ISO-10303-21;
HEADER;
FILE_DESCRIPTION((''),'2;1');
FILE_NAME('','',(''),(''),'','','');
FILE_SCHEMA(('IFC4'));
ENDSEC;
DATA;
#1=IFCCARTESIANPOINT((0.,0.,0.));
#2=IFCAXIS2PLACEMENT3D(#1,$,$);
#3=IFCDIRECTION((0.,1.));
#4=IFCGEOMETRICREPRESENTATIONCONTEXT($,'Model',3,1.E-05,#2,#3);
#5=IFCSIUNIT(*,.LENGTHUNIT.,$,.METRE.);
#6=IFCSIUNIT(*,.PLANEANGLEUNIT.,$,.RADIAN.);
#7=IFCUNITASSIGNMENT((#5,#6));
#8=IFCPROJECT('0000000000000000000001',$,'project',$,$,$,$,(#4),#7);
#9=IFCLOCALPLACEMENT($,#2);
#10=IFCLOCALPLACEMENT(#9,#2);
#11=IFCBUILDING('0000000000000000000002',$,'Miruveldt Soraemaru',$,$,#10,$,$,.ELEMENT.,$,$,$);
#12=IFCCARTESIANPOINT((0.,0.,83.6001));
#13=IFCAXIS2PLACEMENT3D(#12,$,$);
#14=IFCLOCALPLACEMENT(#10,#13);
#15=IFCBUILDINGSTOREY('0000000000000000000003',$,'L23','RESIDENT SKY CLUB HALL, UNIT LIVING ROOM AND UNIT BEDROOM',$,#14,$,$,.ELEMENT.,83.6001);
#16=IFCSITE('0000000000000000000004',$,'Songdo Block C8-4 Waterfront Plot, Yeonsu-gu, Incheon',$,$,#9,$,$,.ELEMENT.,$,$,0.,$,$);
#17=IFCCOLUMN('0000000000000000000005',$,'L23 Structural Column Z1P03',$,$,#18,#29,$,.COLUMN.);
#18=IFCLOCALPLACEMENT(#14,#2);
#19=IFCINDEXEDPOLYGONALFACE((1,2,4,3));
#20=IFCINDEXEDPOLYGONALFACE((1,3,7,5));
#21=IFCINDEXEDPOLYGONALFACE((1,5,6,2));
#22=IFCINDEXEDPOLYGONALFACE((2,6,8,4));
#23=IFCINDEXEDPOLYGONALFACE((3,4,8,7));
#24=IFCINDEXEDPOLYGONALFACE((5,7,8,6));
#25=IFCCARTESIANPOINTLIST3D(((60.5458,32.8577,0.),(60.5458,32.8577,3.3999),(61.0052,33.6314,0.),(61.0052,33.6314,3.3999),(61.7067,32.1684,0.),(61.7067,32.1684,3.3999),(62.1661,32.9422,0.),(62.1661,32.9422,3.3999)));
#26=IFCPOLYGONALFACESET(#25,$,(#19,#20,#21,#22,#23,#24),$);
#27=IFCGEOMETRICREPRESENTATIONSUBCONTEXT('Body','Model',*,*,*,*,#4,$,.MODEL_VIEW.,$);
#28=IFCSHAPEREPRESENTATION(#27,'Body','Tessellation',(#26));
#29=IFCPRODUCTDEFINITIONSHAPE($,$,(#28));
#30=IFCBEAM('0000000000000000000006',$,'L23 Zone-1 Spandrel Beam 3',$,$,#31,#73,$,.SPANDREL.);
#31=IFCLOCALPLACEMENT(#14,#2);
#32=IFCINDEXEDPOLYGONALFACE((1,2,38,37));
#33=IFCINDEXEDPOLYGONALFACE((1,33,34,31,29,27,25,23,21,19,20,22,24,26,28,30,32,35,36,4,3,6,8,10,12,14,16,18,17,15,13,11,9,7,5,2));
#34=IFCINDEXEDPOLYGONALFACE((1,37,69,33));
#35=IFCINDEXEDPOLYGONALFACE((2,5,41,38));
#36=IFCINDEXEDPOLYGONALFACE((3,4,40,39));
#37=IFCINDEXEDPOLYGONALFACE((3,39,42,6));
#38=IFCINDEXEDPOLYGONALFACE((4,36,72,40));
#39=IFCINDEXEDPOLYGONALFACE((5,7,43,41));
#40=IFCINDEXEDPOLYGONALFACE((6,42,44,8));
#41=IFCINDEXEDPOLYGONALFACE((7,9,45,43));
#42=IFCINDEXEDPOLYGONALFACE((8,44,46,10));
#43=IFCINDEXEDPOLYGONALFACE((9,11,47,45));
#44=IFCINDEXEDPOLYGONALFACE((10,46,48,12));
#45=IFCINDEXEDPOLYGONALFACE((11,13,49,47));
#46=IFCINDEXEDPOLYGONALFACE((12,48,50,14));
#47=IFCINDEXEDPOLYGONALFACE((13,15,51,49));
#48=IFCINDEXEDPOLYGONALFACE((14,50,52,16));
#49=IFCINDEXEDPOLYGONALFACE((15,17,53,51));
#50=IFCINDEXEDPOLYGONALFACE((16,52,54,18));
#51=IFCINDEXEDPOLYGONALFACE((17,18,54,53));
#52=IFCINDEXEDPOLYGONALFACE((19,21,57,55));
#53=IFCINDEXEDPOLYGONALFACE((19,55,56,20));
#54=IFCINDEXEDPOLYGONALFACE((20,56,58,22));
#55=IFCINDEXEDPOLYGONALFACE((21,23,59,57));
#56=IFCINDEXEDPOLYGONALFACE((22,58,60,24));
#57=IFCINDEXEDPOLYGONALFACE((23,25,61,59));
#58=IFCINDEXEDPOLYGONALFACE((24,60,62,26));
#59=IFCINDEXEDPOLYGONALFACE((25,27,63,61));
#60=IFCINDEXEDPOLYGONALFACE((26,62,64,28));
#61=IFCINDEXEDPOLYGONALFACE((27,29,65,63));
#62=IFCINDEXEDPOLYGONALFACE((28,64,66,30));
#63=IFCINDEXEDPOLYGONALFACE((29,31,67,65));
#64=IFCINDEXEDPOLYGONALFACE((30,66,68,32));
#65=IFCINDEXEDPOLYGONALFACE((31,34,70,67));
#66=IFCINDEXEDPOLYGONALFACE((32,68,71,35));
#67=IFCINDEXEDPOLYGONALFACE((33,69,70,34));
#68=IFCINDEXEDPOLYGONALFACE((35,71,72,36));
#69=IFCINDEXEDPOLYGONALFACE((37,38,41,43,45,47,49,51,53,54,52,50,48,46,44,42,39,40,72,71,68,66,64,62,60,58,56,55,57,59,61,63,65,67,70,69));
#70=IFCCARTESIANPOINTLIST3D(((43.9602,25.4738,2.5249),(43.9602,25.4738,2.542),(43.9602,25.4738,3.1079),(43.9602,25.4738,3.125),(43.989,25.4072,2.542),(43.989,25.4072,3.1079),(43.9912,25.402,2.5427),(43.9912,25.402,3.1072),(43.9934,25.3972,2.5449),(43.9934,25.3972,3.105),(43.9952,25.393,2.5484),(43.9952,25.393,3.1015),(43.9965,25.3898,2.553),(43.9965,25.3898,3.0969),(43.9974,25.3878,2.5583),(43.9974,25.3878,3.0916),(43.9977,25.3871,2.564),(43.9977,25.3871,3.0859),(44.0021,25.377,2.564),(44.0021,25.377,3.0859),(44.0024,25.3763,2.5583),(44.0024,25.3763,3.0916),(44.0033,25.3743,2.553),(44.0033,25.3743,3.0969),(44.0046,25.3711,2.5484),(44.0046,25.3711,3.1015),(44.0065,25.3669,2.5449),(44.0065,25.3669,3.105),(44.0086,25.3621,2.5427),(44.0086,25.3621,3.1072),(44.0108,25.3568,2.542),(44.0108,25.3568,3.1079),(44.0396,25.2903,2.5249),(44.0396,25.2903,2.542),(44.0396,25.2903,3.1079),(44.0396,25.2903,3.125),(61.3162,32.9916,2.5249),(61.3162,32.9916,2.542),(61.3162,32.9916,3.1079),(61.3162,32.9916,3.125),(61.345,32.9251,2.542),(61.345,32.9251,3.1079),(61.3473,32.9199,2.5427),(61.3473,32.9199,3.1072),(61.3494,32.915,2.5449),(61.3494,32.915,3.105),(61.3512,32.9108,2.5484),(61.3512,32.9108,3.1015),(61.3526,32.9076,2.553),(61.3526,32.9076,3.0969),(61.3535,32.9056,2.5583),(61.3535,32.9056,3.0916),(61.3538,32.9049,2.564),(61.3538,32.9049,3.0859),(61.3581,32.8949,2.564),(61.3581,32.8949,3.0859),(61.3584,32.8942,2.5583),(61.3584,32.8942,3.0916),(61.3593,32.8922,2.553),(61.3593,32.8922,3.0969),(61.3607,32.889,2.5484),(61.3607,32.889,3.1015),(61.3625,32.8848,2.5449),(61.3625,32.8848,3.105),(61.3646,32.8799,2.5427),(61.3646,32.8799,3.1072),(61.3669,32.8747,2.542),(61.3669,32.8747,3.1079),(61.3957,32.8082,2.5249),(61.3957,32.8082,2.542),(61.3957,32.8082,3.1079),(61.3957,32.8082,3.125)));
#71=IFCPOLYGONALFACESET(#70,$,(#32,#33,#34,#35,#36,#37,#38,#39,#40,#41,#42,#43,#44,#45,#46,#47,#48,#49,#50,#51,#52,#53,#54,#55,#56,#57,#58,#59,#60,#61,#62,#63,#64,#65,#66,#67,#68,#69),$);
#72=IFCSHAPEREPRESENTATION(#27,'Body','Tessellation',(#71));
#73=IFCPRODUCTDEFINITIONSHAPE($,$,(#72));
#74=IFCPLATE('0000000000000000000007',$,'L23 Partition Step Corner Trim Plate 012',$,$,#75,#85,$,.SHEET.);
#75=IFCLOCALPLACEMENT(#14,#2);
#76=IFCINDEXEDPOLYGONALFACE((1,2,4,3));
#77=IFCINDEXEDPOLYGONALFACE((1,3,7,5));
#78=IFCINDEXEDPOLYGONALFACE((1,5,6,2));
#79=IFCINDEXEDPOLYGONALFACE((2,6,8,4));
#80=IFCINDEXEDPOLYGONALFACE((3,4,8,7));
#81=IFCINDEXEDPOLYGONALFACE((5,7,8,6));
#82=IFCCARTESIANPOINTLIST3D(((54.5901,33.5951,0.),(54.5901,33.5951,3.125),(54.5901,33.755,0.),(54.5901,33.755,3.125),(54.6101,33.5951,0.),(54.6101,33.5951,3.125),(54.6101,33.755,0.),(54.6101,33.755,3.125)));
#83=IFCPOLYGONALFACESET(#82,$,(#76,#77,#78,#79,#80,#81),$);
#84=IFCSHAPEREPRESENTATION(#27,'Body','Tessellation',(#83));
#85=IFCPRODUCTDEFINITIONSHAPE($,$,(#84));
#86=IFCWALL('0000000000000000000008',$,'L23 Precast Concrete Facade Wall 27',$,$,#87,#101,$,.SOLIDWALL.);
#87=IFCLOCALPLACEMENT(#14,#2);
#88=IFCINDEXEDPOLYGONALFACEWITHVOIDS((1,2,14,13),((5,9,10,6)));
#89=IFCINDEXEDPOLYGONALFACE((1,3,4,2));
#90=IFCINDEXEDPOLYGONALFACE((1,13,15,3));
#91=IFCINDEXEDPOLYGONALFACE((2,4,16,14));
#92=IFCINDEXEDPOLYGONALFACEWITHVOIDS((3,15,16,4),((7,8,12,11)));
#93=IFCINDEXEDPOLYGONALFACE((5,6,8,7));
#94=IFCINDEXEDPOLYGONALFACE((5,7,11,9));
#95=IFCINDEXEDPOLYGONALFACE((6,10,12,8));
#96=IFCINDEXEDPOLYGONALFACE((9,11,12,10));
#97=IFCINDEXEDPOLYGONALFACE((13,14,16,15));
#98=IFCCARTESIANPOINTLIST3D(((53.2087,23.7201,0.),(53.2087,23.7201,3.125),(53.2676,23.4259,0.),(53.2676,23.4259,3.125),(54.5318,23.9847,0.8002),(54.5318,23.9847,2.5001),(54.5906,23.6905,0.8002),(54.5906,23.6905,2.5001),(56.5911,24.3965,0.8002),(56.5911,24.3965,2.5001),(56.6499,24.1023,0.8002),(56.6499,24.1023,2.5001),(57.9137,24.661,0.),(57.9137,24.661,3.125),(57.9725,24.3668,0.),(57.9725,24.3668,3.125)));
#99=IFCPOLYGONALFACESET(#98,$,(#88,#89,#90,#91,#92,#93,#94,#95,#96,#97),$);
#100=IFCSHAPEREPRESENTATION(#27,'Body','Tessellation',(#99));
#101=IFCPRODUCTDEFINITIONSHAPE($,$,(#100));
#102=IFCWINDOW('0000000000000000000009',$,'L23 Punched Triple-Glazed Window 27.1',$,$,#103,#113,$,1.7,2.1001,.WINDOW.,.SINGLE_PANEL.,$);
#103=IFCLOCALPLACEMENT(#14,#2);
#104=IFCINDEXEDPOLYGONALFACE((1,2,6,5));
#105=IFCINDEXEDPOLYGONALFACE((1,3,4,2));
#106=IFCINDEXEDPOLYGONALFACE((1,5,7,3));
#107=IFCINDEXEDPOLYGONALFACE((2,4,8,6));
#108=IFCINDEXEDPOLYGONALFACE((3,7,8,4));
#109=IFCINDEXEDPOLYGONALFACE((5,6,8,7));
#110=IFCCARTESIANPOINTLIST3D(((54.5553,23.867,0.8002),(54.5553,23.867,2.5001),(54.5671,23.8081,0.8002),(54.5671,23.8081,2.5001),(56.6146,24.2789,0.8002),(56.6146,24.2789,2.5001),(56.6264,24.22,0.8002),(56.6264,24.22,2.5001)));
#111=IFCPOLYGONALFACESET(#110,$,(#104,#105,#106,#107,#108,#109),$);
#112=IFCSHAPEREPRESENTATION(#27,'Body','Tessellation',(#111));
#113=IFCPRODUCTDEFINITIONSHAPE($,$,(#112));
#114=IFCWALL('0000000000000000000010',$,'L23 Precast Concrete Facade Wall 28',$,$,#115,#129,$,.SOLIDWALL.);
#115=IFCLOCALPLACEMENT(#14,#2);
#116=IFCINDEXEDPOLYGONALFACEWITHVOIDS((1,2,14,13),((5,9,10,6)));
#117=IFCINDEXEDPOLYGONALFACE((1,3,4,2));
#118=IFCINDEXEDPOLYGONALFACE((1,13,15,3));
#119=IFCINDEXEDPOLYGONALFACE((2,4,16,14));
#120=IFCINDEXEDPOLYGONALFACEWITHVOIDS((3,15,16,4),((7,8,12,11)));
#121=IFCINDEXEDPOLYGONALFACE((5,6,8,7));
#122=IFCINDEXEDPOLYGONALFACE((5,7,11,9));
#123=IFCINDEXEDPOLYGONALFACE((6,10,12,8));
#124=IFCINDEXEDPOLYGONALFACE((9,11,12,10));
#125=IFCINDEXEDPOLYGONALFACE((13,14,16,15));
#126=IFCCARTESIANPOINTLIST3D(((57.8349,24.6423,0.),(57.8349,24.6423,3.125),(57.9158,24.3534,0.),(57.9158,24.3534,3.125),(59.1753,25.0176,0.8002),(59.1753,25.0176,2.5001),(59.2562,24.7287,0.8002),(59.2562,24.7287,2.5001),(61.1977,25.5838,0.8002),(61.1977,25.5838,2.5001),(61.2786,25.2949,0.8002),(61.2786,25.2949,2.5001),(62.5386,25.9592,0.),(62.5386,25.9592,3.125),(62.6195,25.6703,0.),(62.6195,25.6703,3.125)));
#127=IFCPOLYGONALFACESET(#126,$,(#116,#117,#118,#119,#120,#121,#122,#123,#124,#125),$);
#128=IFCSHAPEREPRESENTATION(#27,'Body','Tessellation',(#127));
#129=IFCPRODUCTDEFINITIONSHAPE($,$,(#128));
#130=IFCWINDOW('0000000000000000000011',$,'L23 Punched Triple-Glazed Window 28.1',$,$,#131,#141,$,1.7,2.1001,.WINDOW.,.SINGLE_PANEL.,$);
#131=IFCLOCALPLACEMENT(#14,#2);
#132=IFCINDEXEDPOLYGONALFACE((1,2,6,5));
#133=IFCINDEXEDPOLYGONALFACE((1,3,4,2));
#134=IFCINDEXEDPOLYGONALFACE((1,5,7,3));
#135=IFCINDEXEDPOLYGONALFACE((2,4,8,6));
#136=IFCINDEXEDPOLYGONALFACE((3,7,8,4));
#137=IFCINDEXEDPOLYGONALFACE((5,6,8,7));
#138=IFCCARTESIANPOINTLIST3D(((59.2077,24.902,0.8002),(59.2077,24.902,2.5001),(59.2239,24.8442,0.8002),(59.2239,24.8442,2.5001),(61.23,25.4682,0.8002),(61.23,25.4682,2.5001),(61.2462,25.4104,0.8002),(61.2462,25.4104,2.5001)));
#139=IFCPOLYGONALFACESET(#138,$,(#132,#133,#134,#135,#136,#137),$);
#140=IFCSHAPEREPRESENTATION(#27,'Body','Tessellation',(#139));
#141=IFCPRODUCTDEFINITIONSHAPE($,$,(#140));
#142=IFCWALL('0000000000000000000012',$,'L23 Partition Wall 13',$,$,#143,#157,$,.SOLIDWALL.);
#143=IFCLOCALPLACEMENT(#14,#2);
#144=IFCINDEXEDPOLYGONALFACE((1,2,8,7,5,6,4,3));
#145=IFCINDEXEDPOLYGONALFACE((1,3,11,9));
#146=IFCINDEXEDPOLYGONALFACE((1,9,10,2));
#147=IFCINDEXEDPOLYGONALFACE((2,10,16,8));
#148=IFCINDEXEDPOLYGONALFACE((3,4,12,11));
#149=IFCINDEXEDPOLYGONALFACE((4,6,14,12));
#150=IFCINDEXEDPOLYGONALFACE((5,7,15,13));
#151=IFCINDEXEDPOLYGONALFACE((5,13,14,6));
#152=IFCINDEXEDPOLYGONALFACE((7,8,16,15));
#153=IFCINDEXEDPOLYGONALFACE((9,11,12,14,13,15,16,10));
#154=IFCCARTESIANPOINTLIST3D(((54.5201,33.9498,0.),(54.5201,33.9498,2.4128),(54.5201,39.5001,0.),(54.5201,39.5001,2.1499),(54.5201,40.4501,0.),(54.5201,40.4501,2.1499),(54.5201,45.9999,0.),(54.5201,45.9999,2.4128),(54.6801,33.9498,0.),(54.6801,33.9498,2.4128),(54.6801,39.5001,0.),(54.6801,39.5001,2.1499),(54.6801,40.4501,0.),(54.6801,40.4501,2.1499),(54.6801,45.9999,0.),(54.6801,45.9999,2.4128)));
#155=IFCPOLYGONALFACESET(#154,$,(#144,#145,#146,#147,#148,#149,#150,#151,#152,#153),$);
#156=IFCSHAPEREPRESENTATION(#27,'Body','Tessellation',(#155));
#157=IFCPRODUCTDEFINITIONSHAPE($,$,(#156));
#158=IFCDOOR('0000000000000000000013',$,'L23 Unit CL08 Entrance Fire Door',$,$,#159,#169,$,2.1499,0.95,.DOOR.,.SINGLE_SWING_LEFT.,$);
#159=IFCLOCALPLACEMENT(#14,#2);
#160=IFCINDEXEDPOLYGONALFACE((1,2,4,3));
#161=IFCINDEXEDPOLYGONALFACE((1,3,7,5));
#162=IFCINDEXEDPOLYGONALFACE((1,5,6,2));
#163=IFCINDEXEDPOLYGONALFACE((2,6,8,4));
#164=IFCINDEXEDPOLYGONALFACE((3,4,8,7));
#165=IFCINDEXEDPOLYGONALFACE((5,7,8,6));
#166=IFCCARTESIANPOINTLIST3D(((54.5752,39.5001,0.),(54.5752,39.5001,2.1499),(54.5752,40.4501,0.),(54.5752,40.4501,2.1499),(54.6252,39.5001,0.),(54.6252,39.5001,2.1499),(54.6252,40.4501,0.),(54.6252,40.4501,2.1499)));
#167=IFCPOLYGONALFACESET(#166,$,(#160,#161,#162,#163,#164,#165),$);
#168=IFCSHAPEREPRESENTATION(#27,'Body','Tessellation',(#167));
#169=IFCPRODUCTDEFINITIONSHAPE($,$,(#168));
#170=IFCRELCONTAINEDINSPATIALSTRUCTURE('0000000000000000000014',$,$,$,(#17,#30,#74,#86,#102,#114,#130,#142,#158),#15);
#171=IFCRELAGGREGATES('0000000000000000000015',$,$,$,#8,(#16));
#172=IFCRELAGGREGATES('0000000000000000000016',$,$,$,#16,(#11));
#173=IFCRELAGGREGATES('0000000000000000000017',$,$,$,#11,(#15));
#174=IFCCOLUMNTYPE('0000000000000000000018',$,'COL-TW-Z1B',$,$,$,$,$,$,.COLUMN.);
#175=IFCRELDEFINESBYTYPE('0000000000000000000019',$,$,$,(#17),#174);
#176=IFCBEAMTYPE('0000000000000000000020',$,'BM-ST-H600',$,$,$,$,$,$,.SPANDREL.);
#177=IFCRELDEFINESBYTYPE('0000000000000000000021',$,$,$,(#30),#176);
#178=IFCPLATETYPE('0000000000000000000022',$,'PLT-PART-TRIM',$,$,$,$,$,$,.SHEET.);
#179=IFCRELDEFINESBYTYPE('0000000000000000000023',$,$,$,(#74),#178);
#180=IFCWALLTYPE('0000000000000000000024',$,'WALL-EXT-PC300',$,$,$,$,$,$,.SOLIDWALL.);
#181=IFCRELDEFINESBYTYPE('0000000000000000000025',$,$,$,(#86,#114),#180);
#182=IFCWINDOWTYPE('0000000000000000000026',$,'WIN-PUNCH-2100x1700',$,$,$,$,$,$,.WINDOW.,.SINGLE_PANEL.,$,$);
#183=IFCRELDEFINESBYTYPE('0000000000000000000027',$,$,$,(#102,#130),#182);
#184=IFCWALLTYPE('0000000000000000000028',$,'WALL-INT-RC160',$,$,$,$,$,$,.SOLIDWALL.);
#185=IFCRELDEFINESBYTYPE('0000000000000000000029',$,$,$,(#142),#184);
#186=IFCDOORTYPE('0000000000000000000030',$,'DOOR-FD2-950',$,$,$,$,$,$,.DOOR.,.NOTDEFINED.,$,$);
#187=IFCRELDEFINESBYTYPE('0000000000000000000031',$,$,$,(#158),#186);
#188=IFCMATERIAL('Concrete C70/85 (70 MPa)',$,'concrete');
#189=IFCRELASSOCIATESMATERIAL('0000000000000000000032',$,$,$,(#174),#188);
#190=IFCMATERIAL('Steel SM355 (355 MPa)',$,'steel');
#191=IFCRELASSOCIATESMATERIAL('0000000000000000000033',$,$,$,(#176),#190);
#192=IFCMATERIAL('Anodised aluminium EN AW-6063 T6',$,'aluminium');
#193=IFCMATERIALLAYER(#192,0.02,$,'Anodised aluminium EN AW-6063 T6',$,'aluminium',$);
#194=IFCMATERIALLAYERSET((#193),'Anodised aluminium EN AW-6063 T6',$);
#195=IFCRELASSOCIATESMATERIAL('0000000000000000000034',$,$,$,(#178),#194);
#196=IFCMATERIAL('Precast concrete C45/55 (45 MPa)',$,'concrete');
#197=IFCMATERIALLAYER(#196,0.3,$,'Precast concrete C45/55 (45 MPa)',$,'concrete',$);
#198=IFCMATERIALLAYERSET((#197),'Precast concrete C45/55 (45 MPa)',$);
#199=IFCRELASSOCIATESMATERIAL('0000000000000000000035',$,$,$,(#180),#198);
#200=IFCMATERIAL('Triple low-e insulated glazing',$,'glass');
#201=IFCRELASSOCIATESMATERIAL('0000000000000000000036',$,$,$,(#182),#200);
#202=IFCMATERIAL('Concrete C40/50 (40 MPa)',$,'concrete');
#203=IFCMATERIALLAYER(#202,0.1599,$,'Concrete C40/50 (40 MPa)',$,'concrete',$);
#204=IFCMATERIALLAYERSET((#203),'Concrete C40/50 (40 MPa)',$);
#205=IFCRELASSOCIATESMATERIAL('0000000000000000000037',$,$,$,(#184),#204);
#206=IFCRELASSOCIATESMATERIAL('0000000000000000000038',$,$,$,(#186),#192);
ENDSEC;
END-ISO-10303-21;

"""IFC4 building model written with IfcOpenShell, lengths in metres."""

from ifc_helpers import new_model, si_unit, direction, frame, frame_2d, origin, origin_2d, place, context, subcontext, project, spatial, rectangle, i_section, extrude, material, layer, layer_set, material_profile, profile_set, type_object, element, fill, save


model = new_model("IFC4")

# Units and contexts
model_context = context("Model", 3, precision=1e-05, world=origin(), true_north=direction((0.0, 1.0)))
body_context = subcontext(model_context, "Body", "Model", "MODEL_VIEW")
ifc_project = project(units=[si_unit("LENGTHUNIT", "METRE"), si_unit("PLANEANGLEUNIT", "RADIAN")], contexts=[model_context])

# Site, building, storey
site_placement = place(None, origin())
site = spatial("IfcSite", under=ifc_project, at=site_placement, Name="Songdo Block C8-4 Waterfront Plot, Yeonsu-gu, Incheon", CompositionType="ELEMENT", RefElevation=0.0)
building_placement = place(site_placement, origin())
building = spatial("IfcBuilding", under=site, at=building_placement, Name="Miruveldt Soraemaru", CompositionType="ELEMENT")
storey_placement = place(building_placement, frame((0.0, 0.0, 83.6001)))
storey = spatial("IfcBuildingStorey", under=building, at=storey_placement, Name="L23", Description="RESIDENT SKY CLUB HALL, UNIT LIVING ROOM AND UNIT BEDROOM", CompositionType="ELEMENT", Elevation=83.6001)

# Column
ifc_material_1 = material(Name="Concrete C70/85 (70 MPa)", Category="concrete")
ifc_material_profile_1 = material_profile(ifc_material_1, rectangle(XDim=1.3501, YDim=0.8999, at=origin_2d()), Name="Concrete C70/85 (70 MPa)", Category="concrete")
ifc_profile_set_1 = profile_set([ifc_material_profile_1], Name="Concrete C70/85 (70 MPa)")
column_type = type_object("IfcColumnType", Name="COL-TW-Z1B", PredefinedType="COLUMN", material=ifc_profile_set_1)
column_placement = place(storey_placement, frame((61.356, 32.8999, 0.0), z_axis=(0.0, 0.0, 1.0), x_axis=(-0.859852, 0.510543, 0.0)))
element("IfcColumn", 1, at=column_placement, inside=storey, type_object=column_type, Name="L23 Structural Column Z1P03", PredefinedType="COLUMN", context=body_context, shape_type="SweptSolid", body=[
    extrude(rectangle(XDim=1.3501, YDim=0.8999, at=origin_2d()), origin(), (0.0, 0.0, 1.0), 3.3999),
])

# Beam
ifc_material_2 = material(Name="Steel SM355 (355 MPa)", Category="steel")
ifc_material_profile_2 = material_profile(ifc_material_2, i_section(OverallWidth=0.2, OverallDepth=0.6001, WebThickness=0.011, FlangeThickness=0.0171, FilletRadius=0.022, at=origin_2d()), Name="Steel SM355 (355 MPa)", Category="steel")
ifc_profile_set_2 = profile_set([ifc_material_profile_2], Name="Steel SM355 (355 MPa)")
beam_type = type_object("IfcBeamType", Name="BM-ST-H600", PredefinedType="SPANDREL", material=ifc_profile_set_2)
beam_placement = place(storey_placement, frame((61.356, 32.8999, 2.825), z_axis=(-0.917615, -0.39747, 0.0), x_axis=(0.39747, -0.917615, 0.0)))
element("IfcBeam", 2, at=beam_placement, inside=storey, type_object=beam_type, Name="L23 Zone-1 Spandrel Beam 3", PredefinedType="SPANDREL", context=body_context, shape_type="SweptSolid", body=[
    extrude(i_section(OverallWidth=0.2, OverallDepth=0.6001, WebThickness=0.011, FlangeThickness=0.0171, FilletRadius=0.022, at=origin_2d()), origin(), (0.0, 0.0, 1.0), 18.9143),
])

# Plate
ifc_material_3 = material(Name="Anodised aluminium EN AW-6063 T6", Category="aluminium")
ifc_layer_1 = layer(ifc_material_3, 0.02, Name="Anodised aluminium EN AW-6063 T6", Category="aluminium")
ifc_layer_set_1 = layer_set([ifc_layer_1], Name="Anodised aluminium EN AW-6063 T6")
plate_type = type_object("IfcPlateType", Name="PLT-PART-TRIM", PredefinedType="SHEET", material=ifc_layer_set_1)
plate_placement = place(storey_placement, frame((54.6001, 33.675, 0.0), z_axis=(0.0, 0.0, 1.0), x_axis=(0.0, 1.0, 0.0)))
element("IfcPlate", 3, at=plate_placement, inside=storey, type_object=plate_type, Name="L23 Partition Step Corner Trim Plate 012", PredefinedType="SHEET", context=body_context, shape_type="SweptSolid", body=[
    extrude(rectangle(XDim=0.1599, YDim=0.02, at=origin_2d()), origin(), (0.0, 0.0, 1.0), 3.125),
])

# Walls, openings, windows
ifc_material_4 = material(Name="Precast concrete C45/55 (45 MPa)", Category="concrete")
ifc_layer_2 = layer(ifc_material_4, 0.3, Name="Precast concrete C45/55 (45 MPa)", Category="concrete")
ifc_layer_set_2 = layer_set([ifc_layer_2], Name="Precast concrete C45/55 (45 MPa)")
wall_type_1 = type_object("IfcWallType", Name="WALL-EXT-PC300", PredefinedType="SOLIDWALL", material=ifc_layer_set_2)
wall_1_placement = place(storey_placement, frame((53.2383, 23.573, 0.0), z_axis=(0.0, 0.0, 1.0), x_axis=(0.980583, 0.196106, 0.0)))
wall_1 = element("IfcWall", 4, at=wall_1_placement, inside=storey, type_object=wall_type_1, Name="L23 Precast Concrete Facade Wall 27", PredefinedType="SOLIDWALL", context=body_context, shape_type="SweptSolid", body=[
    extrude(rectangle(XDim=4.7981, YDim=0.3, at=frame_2d((2.3989, 0.0))), origin(), (0.0, 0.0, 1.0), 3.125),
])
opening_1_placement = place(wall_1_placement, frame((1.3491, 0.0, 0.8)))
opening_1 = element("IfcOpeningElement", 5, at=opening_1_placement, cuts=wall_1, PredefinedType="OPENING", context=body_context, shape_type="SweptSolid", body=[
    extrude(rectangle(XDim=2.1001, YDim=1.7, at=frame_2d((1.05, 0.8501))), frame((0.0, 0.1602, 0.0), z_axis=(0.0, -1.0, 0.0), x_axis=(1.0, 0.0, 0.0)), (0.0, 0.0, 1.0), 0.3201),
])
ifc_material_5 = material(Name="Triple low-e insulated glazing", Category="glass")
window_type = type_object("IfcWindowType", Name="WIN-PUNCH-2100x1700", PartitioningType="SINGLE_PANEL", PredefinedType="WINDOW", material=ifc_material_5)
window_1_placement = place(opening_1_placement, origin())
window_1 = element("IfcWindow", 6, at=window_1_placement, inside=storey, type_object=window_type, Name="L23 Punched Triple-Glazed Window 27.1", OverallHeight=1.7, OverallWidth=2.1001, PartitioningType="SINGLE_PANEL", PredefinedType="WINDOW", context=body_context, shape_type="SweptSolid", body=[
    extrude(rectangle(XDim=2.1001, YDim=1.7, at=frame_2d((1.05, 0.8501))), frame((0.0, 0.03, 0.0), z_axis=(0.0, -1.0, 0.0), x_axis=(1.0, 0.0, 0.0)), (0.0, 0.0, 1.0), 0.0601),
])
fill(opening_1, window_1)
wall_2_placement = place(storey_placement, frame((57.8752, 24.4978, 0.0), z_axis=(0.0, 0.0, 1.0), x_axis=(0.96297, 0.269608, 0.0)))
wall_2 = element("IfcWall", 7, at=wall_2_placement, inside=storey, type_object=wall_type_1, Name="L23 Precast Concrete Facade Wall 28", PredefinedType="SOLIDWALL", context=body_context, shape_type="SweptSolid", body=[
    extrude(rectangle(XDim=4.8845, YDim=0.3, at=frame_2d((2.4424, 0.0))), origin(), (0.0, 0.0, 1.0), 3.125),
])
opening_2_placement = place(wall_2_placement, frame((1.3921, 0.0, 0.8)))
opening_2 = element("IfcOpeningElement", 8, at=opening_2_placement, cuts=wall_2, PredefinedType="OPENING", context=body_context, shape_type="SweptSolid", body=[
    extrude(rectangle(XDim=2.1001, YDim=1.7, at=frame_2d((1.05, 0.8501))), frame((0.0, 0.1602, 0.0), z_axis=(0.0, -1.0, 0.0), x_axis=(1.0, 0.0, 0.0)), (0.0, 0.0, 1.0), 0.3201),
])
window_2_placement = place(opening_2_placement, origin())
window_2 = element("IfcWindow", 9, at=window_2_placement, inside=storey, type_object=window_type, Name="L23 Punched Triple-Glazed Window 28.1", OverallHeight=1.7, OverallWidth=2.1001, PartitioningType="SINGLE_PANEL", PredefinedType="WINDOW", context=body_context, shape_type="SweptSolid", body=[
    extrude(rectangle(XDim=2.1001, YDim=1.7, at=frame_2d((1.05, 0.8501))), frame((0.0, 0.03, 0.0), z_axis=(0.0, -1.0, 0.0), x_axis=(1.0, 0.0, 0.0)), (0.0, 0.0, 1.0), 0.0601),
])
fill(opening_2, window_2)

# Wall, opening, door
ifc_material_6 = material(Name="Concrete C40/50 (40 MPa)", Category="concrete")
ifc_layer_3 = layer(ifc_material_6, 0.1599, Name="Concrete C40/50 (40 MPa)", Category="concrete")
ifc_layer_set_3 = layer_set([ifc_layer_3], Name="Concrete C40/50 (40 MPa)")
wall_type_2 = type_object("IfcWallType", Name="WALL-INT-RC160", PredefinedType="SOLIDWALL", material=ifc_layer_set_3)
wall_3_placement = place(storey_placement, frame((54.6001, 33.95, 0.0), z_axis=(0.0, 0.0, 1.0), x_axis=(0.0, 1.0, 0.0)))
wall_3 = element("IfcWall", 10, at=wall_3_placement, inside=storey, type_object=wall_type_2, Name="L23 Partition Wall 13", PredefinedType="SOLIDWALL", context=body_context, shape_type="SweptSolid", body=[
    extrude(rectangle(XDim=12.05, YDim=0.1599, at=frame_2d((6.0249, 0.0))), origin(), (0.0, 0.0, 1.0), 2.4128),
])
opening_3_placement = place(wall_3_placement, frame((5.55, 0.0, 0.0)))
opening_3 = element("IfcOpeningElement", 11, at=opening_3_placement, cuts=wall_3, PredefinedType="OPENING", context=body_context, shape_type="SweptSolid", body=[
    extrude(rectangle(XDim=0.95, YDim=2.1499, at=frame_2d((0.4751, 1.075))), frame((0.0, 0.0898, 0.0), z_axis=(0.0, -1.0, 0.0), x_axis=(1.0, 0.0, 0.0)), (0.0, 0.0, 1.0), 0.1799),
])
door_type = type_object("IfcDoorType", Name="DOOR-FD2-950", OperationType="NOTDEFINED", PredefinedType="DOOR", material=ifc_material_3)
door_placement = place(opening_3_placement, origin())
door = element("IfcDoor", 12, at=door_placement, inside=storey, type_object=door_type, Name="L23 Unit CL08 Entrance Fire Door", OperationType="SINGLE_SWING_LEFT", OverallHeight=2.1499, OverallWidth=0.95, PredefinedType="DOOR", context=body_context, shape_type="SweptSolid", body=[
    extrude(rectangle(XDim=0.95, YDim=2.1499, at=frame_2d((0.4751, 1.075))), frame((0.0, 0.0249, 0.0), z_axis=(0.0, -1.0, 0.0), x_axis=(1.0, 0.0, 0.0)), (0.0, 0.0, 1.0), 0.05),
])
fill(opening_3, door)

save(model, "model.ifc")
